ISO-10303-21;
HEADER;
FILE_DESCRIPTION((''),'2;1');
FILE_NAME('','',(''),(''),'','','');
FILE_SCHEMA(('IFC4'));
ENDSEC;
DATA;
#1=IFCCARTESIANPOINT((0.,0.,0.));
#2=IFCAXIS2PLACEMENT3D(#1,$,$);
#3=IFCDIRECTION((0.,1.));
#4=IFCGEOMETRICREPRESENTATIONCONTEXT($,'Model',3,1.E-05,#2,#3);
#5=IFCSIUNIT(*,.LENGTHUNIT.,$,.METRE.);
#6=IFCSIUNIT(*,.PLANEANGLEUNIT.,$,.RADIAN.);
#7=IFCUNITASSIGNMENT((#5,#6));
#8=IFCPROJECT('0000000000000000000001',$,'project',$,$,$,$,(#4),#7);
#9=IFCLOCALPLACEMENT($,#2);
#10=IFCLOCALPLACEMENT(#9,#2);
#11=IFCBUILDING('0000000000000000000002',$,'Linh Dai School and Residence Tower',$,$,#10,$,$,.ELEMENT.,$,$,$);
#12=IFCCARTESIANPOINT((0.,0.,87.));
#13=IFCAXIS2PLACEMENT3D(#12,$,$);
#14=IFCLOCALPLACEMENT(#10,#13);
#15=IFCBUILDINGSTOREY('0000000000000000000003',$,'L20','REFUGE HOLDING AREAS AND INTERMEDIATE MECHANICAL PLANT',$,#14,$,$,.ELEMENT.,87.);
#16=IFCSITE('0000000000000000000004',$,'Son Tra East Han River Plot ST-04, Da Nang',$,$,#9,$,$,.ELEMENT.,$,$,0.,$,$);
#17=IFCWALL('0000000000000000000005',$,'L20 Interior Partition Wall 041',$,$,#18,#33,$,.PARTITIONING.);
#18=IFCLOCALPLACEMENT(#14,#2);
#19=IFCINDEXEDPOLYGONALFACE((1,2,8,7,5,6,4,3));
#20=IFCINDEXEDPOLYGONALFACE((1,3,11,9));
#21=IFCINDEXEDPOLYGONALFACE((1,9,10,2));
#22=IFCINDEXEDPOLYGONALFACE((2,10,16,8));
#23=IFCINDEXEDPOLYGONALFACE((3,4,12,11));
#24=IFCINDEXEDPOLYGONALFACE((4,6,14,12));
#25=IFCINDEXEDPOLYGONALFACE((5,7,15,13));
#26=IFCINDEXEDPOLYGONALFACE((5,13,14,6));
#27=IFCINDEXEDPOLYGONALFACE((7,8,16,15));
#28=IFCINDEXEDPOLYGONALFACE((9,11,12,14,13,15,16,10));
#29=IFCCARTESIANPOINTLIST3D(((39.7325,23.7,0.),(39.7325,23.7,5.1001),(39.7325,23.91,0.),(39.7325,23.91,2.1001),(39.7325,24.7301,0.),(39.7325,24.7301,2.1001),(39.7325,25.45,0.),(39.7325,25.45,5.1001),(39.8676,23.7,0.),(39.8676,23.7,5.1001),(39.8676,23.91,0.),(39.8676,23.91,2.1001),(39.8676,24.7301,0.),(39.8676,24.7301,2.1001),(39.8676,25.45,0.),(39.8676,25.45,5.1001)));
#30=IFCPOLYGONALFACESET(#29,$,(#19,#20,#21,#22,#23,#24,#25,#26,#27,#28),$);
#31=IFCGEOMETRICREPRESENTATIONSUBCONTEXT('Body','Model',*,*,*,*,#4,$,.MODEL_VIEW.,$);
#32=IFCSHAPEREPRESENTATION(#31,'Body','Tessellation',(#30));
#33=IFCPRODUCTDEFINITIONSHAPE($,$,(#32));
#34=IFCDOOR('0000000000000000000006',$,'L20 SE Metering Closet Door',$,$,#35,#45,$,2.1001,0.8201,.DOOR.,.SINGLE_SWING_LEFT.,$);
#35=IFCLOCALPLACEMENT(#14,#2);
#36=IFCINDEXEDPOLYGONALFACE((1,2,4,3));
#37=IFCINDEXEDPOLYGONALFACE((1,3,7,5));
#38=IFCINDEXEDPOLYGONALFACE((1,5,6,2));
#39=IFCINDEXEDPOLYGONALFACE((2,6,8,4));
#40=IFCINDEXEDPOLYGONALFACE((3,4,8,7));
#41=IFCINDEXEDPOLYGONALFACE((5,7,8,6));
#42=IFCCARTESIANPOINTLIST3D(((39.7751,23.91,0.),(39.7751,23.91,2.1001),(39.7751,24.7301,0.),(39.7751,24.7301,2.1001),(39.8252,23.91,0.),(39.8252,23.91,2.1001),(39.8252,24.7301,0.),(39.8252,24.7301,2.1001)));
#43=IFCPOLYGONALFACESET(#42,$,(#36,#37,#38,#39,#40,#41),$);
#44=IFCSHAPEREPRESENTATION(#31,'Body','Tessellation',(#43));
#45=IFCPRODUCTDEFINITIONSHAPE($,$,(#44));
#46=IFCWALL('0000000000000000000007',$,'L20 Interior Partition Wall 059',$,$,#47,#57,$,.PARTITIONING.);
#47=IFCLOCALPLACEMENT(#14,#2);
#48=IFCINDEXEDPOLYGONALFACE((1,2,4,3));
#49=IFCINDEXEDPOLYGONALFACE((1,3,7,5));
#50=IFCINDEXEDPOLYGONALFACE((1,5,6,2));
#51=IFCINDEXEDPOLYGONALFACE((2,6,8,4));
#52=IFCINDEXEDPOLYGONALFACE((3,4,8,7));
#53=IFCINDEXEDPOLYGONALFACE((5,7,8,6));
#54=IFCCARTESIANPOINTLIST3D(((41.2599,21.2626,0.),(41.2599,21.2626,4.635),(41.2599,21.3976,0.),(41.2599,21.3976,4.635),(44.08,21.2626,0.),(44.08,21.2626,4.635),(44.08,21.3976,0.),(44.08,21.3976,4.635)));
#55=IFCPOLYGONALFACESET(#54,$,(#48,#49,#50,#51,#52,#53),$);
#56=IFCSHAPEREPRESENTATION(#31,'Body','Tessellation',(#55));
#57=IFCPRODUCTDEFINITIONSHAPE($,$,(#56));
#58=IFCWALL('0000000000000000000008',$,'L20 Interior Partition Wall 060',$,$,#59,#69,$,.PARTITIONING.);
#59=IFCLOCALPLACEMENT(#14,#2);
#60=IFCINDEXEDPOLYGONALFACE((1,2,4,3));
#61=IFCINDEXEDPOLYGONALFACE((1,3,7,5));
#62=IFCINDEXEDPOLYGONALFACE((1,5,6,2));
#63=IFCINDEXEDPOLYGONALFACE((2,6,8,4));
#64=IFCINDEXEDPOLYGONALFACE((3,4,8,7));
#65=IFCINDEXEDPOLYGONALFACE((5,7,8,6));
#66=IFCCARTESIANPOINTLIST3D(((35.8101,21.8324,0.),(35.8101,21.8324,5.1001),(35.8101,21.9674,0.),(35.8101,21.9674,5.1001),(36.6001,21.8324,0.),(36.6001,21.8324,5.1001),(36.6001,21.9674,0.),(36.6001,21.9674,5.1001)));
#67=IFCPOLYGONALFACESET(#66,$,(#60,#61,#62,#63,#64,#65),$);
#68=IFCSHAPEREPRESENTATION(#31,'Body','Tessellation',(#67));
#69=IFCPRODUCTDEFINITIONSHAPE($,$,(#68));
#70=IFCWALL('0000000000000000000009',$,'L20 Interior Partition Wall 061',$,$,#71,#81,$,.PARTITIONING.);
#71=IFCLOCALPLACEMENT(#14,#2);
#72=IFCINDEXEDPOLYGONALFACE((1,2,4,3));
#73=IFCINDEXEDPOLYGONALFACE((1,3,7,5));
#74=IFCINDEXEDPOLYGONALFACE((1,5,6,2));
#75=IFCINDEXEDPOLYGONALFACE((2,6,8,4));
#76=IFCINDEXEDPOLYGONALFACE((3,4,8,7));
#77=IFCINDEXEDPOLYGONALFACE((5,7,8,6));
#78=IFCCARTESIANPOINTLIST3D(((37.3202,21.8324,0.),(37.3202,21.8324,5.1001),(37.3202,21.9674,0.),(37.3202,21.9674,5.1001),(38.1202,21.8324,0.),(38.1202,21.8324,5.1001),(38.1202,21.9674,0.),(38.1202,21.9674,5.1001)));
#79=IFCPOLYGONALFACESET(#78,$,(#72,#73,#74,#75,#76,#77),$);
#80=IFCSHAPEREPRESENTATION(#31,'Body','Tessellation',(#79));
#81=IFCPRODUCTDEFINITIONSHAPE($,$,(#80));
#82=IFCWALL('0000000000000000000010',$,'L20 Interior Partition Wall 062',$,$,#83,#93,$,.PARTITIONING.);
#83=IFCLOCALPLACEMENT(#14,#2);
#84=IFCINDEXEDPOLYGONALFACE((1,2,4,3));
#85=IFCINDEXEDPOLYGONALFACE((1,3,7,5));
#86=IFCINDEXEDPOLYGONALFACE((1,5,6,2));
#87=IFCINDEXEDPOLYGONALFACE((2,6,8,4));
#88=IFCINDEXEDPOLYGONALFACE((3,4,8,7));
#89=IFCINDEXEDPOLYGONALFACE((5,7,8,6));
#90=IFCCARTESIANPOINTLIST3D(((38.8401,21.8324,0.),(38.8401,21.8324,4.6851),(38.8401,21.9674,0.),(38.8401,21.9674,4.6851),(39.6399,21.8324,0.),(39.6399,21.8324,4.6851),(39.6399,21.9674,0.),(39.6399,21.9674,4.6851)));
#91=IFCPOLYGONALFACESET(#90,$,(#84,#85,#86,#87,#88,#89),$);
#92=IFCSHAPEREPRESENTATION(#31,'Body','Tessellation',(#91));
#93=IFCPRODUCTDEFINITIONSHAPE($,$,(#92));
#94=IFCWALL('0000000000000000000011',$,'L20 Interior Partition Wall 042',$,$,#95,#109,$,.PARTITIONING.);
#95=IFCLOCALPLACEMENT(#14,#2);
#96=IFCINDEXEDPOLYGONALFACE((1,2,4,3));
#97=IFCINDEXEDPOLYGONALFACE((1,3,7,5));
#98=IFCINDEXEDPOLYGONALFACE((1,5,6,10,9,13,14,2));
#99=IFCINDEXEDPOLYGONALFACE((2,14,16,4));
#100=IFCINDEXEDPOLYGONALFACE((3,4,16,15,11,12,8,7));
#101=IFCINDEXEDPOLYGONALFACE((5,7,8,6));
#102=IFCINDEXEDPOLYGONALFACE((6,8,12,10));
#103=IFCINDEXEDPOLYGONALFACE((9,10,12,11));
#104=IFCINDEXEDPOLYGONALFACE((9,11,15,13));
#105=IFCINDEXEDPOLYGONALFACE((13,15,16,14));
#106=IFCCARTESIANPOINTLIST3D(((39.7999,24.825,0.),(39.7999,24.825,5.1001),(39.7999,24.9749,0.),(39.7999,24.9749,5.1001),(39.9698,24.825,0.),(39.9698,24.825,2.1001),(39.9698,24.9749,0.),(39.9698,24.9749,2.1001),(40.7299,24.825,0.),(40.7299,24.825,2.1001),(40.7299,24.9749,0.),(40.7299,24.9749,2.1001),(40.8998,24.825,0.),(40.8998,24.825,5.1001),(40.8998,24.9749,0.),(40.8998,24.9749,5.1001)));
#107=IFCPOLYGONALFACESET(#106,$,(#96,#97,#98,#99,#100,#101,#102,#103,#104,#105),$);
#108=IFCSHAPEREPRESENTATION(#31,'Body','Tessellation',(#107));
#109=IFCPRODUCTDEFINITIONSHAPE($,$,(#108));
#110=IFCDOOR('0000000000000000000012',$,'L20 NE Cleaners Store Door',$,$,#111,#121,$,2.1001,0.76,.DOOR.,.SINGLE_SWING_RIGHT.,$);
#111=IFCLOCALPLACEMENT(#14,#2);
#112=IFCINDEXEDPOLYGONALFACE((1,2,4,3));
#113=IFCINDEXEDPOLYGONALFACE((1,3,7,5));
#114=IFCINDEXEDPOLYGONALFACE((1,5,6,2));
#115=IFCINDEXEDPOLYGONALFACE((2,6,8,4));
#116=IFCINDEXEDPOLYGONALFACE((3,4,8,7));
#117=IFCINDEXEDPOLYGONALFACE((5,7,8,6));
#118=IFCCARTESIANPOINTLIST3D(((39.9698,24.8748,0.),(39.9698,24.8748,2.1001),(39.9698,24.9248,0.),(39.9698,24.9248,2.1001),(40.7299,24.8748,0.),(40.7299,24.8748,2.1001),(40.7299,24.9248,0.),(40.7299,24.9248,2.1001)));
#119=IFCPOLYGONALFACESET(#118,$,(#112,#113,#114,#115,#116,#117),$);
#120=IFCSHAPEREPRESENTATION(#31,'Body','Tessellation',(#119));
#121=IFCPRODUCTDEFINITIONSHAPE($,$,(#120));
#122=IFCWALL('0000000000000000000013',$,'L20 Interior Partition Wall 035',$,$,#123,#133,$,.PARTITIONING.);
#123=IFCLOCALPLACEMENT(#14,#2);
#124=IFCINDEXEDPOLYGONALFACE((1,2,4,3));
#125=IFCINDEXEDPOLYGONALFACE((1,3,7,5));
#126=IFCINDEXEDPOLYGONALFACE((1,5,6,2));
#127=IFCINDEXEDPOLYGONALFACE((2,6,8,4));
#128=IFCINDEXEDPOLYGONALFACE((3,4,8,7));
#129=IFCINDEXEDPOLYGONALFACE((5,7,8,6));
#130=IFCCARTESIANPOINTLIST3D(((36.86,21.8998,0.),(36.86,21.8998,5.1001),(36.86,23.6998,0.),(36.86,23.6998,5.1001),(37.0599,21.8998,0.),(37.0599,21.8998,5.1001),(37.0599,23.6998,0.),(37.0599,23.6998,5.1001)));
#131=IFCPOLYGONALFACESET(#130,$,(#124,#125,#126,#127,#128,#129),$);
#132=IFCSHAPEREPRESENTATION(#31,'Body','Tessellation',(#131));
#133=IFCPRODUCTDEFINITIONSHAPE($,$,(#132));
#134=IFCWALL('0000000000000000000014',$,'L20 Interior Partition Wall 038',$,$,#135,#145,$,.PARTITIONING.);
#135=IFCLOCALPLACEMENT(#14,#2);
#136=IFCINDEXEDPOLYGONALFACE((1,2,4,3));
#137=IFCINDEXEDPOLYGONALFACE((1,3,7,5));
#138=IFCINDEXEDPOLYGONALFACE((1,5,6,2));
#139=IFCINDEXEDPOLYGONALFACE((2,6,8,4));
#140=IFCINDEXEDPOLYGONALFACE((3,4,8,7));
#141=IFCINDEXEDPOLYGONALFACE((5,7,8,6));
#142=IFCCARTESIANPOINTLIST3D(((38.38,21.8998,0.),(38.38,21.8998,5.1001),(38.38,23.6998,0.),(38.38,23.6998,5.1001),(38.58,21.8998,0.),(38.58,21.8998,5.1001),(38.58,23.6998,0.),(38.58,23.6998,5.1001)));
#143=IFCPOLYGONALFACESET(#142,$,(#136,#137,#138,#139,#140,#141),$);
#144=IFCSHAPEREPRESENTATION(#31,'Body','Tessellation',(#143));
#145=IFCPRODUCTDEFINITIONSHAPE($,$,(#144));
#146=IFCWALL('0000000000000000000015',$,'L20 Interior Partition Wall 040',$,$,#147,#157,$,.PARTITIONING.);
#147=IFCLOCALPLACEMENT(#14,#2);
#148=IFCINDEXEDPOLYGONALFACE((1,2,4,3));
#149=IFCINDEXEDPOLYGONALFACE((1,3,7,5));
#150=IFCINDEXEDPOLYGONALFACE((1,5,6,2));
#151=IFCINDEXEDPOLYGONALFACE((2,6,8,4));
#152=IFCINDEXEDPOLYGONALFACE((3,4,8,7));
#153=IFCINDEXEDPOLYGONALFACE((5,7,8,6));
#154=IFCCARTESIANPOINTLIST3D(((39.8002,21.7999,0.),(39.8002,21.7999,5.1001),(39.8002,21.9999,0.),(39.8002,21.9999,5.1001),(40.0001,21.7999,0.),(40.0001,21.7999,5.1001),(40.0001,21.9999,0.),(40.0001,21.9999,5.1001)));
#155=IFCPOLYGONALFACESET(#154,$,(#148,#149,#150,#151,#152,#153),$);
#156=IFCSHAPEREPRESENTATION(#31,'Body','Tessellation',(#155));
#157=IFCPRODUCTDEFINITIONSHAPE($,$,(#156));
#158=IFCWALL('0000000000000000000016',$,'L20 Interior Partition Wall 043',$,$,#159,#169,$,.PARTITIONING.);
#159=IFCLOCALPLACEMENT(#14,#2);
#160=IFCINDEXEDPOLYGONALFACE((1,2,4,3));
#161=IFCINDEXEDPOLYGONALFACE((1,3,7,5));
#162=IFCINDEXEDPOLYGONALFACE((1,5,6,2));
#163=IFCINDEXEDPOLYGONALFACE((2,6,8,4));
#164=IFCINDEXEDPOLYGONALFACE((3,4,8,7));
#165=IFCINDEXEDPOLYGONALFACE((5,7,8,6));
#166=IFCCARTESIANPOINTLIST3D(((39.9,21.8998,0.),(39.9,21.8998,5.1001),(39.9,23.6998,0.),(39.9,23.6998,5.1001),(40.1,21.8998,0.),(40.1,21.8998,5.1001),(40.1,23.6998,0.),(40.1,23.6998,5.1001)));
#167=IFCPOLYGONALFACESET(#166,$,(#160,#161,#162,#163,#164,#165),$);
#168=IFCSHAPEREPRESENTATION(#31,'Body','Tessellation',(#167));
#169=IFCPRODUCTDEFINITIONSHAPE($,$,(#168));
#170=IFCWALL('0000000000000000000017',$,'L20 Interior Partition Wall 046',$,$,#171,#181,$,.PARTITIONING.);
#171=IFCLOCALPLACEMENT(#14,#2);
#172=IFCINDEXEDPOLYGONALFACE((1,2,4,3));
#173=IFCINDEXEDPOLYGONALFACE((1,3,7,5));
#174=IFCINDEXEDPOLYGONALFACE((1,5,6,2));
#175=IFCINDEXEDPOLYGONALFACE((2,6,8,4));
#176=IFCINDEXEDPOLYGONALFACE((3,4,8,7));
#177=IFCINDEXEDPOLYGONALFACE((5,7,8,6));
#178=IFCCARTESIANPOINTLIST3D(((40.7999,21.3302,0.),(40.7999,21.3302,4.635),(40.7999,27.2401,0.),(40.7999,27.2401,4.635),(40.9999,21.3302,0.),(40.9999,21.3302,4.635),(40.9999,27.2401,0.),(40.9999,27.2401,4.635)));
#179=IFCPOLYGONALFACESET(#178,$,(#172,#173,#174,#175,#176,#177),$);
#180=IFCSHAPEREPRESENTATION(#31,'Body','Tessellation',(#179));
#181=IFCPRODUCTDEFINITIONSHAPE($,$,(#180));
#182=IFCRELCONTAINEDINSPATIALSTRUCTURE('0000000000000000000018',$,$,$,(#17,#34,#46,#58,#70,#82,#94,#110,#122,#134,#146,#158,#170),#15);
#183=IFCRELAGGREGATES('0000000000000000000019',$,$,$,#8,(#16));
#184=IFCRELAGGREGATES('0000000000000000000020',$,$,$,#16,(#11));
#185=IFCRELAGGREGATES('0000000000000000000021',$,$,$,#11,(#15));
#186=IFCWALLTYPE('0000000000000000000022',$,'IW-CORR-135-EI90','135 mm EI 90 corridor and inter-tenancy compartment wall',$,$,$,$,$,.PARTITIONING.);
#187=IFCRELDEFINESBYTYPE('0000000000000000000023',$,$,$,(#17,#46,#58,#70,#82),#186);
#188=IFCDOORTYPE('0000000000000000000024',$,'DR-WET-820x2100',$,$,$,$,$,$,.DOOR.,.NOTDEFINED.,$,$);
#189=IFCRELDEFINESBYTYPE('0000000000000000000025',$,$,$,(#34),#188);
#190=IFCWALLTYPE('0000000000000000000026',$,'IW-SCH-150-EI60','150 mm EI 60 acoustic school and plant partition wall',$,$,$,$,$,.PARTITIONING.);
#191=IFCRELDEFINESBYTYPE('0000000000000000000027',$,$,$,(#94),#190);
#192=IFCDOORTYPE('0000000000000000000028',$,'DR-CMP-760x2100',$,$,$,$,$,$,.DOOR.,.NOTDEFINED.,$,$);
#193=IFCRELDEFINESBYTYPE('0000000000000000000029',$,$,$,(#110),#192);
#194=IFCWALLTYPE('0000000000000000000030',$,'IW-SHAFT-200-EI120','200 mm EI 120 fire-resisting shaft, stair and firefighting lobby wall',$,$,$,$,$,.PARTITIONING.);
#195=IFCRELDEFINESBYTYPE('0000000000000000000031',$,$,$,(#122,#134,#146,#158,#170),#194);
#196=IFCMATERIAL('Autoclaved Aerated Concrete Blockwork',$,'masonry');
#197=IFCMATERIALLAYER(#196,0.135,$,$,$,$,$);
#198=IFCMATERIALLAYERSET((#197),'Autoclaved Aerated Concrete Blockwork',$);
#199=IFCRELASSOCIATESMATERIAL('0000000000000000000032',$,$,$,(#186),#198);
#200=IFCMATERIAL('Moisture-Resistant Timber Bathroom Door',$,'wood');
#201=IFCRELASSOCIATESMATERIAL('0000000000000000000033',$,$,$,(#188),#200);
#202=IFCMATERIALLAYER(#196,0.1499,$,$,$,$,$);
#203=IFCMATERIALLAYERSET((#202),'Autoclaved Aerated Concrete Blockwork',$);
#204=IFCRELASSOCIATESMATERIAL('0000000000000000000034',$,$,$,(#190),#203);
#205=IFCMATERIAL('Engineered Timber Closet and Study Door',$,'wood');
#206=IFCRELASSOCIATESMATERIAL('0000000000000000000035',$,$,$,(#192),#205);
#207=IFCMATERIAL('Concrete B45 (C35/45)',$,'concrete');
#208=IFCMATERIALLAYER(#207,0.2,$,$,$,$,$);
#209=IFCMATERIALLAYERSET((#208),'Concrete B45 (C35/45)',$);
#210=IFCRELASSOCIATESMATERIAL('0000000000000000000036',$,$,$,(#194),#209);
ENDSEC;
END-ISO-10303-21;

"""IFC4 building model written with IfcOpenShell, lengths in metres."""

from ifc_helpers import new_model, si_unit, direction, frame, frame_2d, origin, origin_2d, place, context, subcontext, project, spatial, rectangle, extrude, source, transform, mapped, material, layer, layer_set, type_object, element, fill, save


model = new_model("IFC4")

# Units and contexts
model_context = context("Model", 3, precision=1e-05, world=origin(), true_north=direction((0.0, 1.0)))
body_context = subcontext(model_context, "Body", "Model", "MODEL_VIEW")
ifc_project = project(units=[si_unit("LENGTHUNIT", "METRE"), si_unit("PLANEANGLEUNIT", "RADIAN")], contexts=[model_context])

# Site, building, storey
site_placement = place(None, origin())
site = spatial("IfcSite", under=ifc_project, at=site_placement, Name="Son Tra East Han River Plot ST-04, Da Nang", CompositionType="ELEMENT", RefElevation=0.0)
building_placement = place(site_placement, origin())
building = spatial("IfcBuilding", under=site, at=building_placement, Name="Linh Dai School and Residence Tower", CompositionType="ELEMENT")
storey_placement = place(building_placement, frame((0.0, 0.0, 87.0)))
storey = spatial("IfcBuildingStorey", under=building, at=storey_placement, Name="L20", Description="REFUGE HOLDING AREAS AND INTERMEDIATE MECHANICAL PLANT", CompositionType="ELEMENT", Elevation=87.0)

# Wall, opening, door
ifc_material_1 = material(Name="Autoclaved Aerated Concrete Blockwork", Category="masonry")
ifc_layer_1 = layer(ifc_material_1, 0.135)
ifc_layer_set_1 = layer_set([ifc_layer_1], Name="Autoclaved Aerated Concrete Blockwork")
wall_type_1 = type_object("IfcWallType", Name="IW-CORR-135-EI90", Description="135 mm EI 90 corridor and inter-tenancy compartment wall", PredefinedType="PARTITIONING", material=ifc_layer_set_1)
wall_1_placement = place(storey_placement, frame((39.8, 23.7, 0.0), z_axis=(0.0, 0.0, 1.0), x_axis=(0.0, 1.0, 0.0)))
wall_1 = element("IfcWall", 1, at=wall_1_placement, inside=storey, type_object=wall_type_1, Name="L20 Interior Partition Wall 041", PredefinedType="PARTITIONING", context=body_context, shape_type="SweptSolid", body=[
    extrude(rectangle(XDim=1.75, YDim=0.135, at=frame_2d((0.875, 0.0))), origin(), (0.0, 0.0, 1.0), 5.1001),
])
opening_1_placement = place(wall_1_placement, frame((0.21, 0.0, 0.0)))
opening_1 = element("IfcOpeningElement", 2, at=opening_1_placement, cuts=wall_1, PredefinedType="OPENING", context=body_context, shape_type="SweptSolid", body=[
    extrude(rectangle(XDim=0.8201, YDim=2.1001, at=origin_2d()), frame((0.4102, 0.0776, 1.05), z_axis=(0.0, -1.0, 0.0), x_axis=(1.0, 0.0, 0.0)), (0.0, 0.0, 1.0), 0.155),
])
ifc_material_2 = material(Name="Moisture-Resistant Timber Bathroom Door", Category="wood")
door_type_1 = type_object("IfcDoorType", Name="DR-WET-820x2100", OperationType="NOTDEFINED", PredefinedType="DOOR", material=ifc_material_2)
shared_shape_1 = source(origin(), body_context, "Body", "SweptSolid", [
    extrude(rectangle(XDim=0.8201, YDim=2.1001, at=origin_2d()), frame((0.4102, 0.0249, 1.05), z_axis=(0.0, -1.0, 0.0), x_axis=(1.0, 0.0, 0.0)), (0.0, 0.0, 1.0), 0.05),
])
door_1_placement = place(opening_1_placement, origin())
door_1 = element("IfcDoor", 3, at=door_1_placement, inside=storey, type_object=door_type_1, Name="L20 SE Metering Closet Door", OperationType="SINGLE_SWING_LEFT", OverallHeight=2.1001, OverallWidth=0.8201, PredefinedType="DOOR", context=body_context, shape_type="MappedRepresentation", body=[
    mapped(shared_shape_1, transform((0.0, 0.0, 0.0), x_axis=(1.0, 0.0, 0.0), y_axis=(0.0, 1.0, 0.0), z_axis=(0.0, 0.0, 1.0), scale=1.0)),
])
fill(opening_1, door_1)

# Walls
wall_2_placement = place(storey_placement, frame((44.0801, 21.3301, 0.0), z_axis=(0.0, 0.0, 1.0), x_axis=(-1.0, 0.0, 0.0)))
element("IfcWall", 4, at=wall_2_placement, inside=storey, type_object=wall_type_1, Name="L20 Interior Partition Wall 059", PredefinedType="PARTITIONING", context=body_context, shape_type="SweptSolid", body=[
    extrude(rectangle(XDim=2.8201, YDim=0.135, at=frame_2d((1.4102, 0.0))), origin(), (0.0, 0.0, 1.0), 4.635),
])
wall_3_placement = place(storey_placement, frame((36.6001, 21.8999, 0.0), z_axis=(0.0, 0.0, 1.0), x_axis=(-1.0, 0.0, 0.0)))
element("IfcWall", 5, at=wall_3_placement, inside=storey, type_object=wall_type_1, Name="L20 Interior Partition Wall 060", PredefinedType="PARTITIONING", context=body_context, shape_type="SweptSolid", body=[
    extrude(rectangle(XDim=0.79, YDim=0.135, at=frame_2d((0.395, 0.0))), origin(), (0.0, 0.0, 1.0), 5.1001),
])
wall_4_placement = place(storey_placement, frame((38.1201, 21.8999, 0.0), z_axis=(0.0, 0.0, 1.0), x_axis=(-1.0, 0.0, 0.0)))
element("IfcWall", 6, at=wall_4_placement, inside=storey, type_object=wall_type_1, Name="L20 Interior Partition Wall 061", PredefinedType="PARTITIONING", context=body_context, shape_type="SweptSolid", body=[
    extrude(rectangle(XDim=0.8, YDim=0.135, at=frame_2d((0.3999, 0.0))), origin(), (0.0, 0.0, 1.0), 5.1001),
])
wall_5_placement = place(storey_placement, frame((39.6399, 21.8999, 0.0), z_axis=(0.0, 0.0, 1.0), x_axis=(-1.0, 0.0, 0.0)))
element("IfcWall", 7, at=wall_5_placement, inside=storey, type_object=wall_type_1, Name="L20 Interior Partition Wall 062", PredefinedType="PARTITIONING", context=body_context, shape_type="SweptSolid", body=[
    extrude(rectangle(XDim=0.7998, YDim=0.135, at=frame_2d((0.3999, 0.0))), origin(), (0.0, 0.0, 1.0), 4.6851),
])

# Wall, opening, door
ifc_layer_2 = layer(ifc_material_1, 0.1499)
ifc_layer_set_2 = layer_set([ifc_layer_2], Name="Autoclaved Aerated Concrete Blockwork")
wall_type_2 = type_object("IfcWallType", Name="IW-SCH-150-EI60", Description="150 mm EI 60 acoustic school and plant partition wall", PredefinedType="PARTITIONING", material=ifc_layer_set_2)
wall_6_placement = place(storey_placement, frame((39.8, 24.8999, 0.0), z_axis=(0.0, 0.0, 1.0), x_axis=(1.0, 0.0, 0.0)))
wall_6 = element("IfcWall", 8, at=wall_6_placement, inside=storey, type_object=wall_type_2, Name="L20 Interior Partition Wall 042", PredefinedType="PARTITIONING", context=body_context, shape_type="SweptSolid", body=[
    extrude(rectangle(XDim=1.0999, YDim=0.1499, at=frame_2d((0.5498, 0.0))), origin(), (0.0, 0.0, 1.0), 5.1001),
])
opening_2_placement = place(wall_6_placement, frame((0.1699, 0.0, 0.0)))
opening_2 = element("IfcOpeningElement", 9, at=opening_2_placement, cuts=wall_6, PredefinedType="OPENING", context=body_context, shape_type="SweptSolid", body=[
    extrude(rectangle(XDim=0.76, YDim=2.1001, at=origin_2d()), frame((0.3799, 0.085, 1.05), z_axis=(0.0, -1.0, 0.0), x_axis=(1.0, 0.0, 0.0)), (0.0, 0.0, 1.0), 0.1699),
])
ifc_material_3 = material(Name="Engineered Timber Closet and Study Door", Category="wood")
door_type_2 = type_object("IfcDoorType", Name="DR-CMP-760x2100", OperationType="NOTDEFINED", PredefinedType="DOOR", material=ifc_material_3)
shared_shape_2 = source(origin(), body_context, "Body", "SweptSolid", [
    extrude(rectangle(XDim=0.76, YDim=2.1001, at=origin_2d()), frame((0.3799, 0.0249, 1.05), z_axis=(0.0, -1.0, 0.0), x_axis=(1.0, 0.0, 0.0)), (0.0, 0.0, 1.0), 0.05),
])
door_2_placement = place(opening_2_placement, origin())
door_2 = element("IfcDoor", 10, at=door_2_placement, inside=storey, type_object=door_type_2, Name="L20 NE Cleaners Store Door", OperationType="SINGLE_SWING_RIGHT", OverallHeight=2.1001, OverallWidth=0.76, PredefinedType="DOOR", context=body_context, shape_type="MappedRepresentation", body=[
    mapped(shared_shape_2, transform((0.0, 0.0, 0.0), x_axis=(1.0, 0.0, 0.0), y_axis=(0.0, 1.0, 0.0), z_axis=(0.0, 0.0, 1.0), scale=1.0)),
])
fill(opening_2, door_2)

# Walls
ifc_material_4 = material(Name="Concrete B45 (C35/45)", Category="concrete")
ifc_layer_3 = layer(ifc_material_4, 0.2)
ifc_layer_set_3 = layer_set([ifc_layer_3], Name="Concrete B45 (C35/45)")
wall_type_3 = type_object("IfcWallType", Name="IW-SHAFT-200-EI120", Description="200 mm EI 120 fire-resisting shaft, stair and firefighting lobby wall", PredefinedType="PARTITIONING", material=ifc_layer_set_3)
for number, where, z_axis, x_axis, name in (
    (11, (36.96, 21.8999, 0.0), (0.0, 0.0, 1.0), (0.0, 1.0, 0.0), "L20 Interior Partition Wall 035"),
    (12, (38.48, 21.8999, 0.0), (0.0, 0.0, 1.0), (0.0, 1.0, 0.0), "L20 Interior Partition Wall 038"),
):
    element("IfcWall", number, at=place(storey_placement, frame(where, z_axis=z_axis, x_axis=x_axis)), inside=storey, type_object=wall_type_3, Name=name, PredefinedType="PARTITIONING", context=body_context, shape_type="SweptSolid", body=[
        extrude(rectangle(XDim=1.8, YDim=0.2, at=frame_2d((0.8999, 0.0))), origin(), (0.0, 0.0, 1.0), 5.1001),
    ])
wall_7_placement = place(storey_placement, frame((39.8, 21.8999, 0.0), z_axis=(0.0, 0.0, 1.0), x_axis=(1.0, 0.0, 0.0)))
element("IfcWall", 13, at=wall_7_placement, inside=storey, type_object=wall_type_3, Name="L20 Interior Partition Wall 040", PredefinedType="PARTITIONING", context=body_context, shape_type="SweptSolid", body=[
    extrude(rectangle(XDim=0.2, YDim=0.2, at=frame_2d((0.1001, 0.0))), origin(), (0.0, 0.0, 1.0), 5.1001),
])
wall_8_placement = place(storey_placement, frame((40.0, 21.8999, 0.0), z_axis=(0.0, 0.0, 1.0), x_axis=(0.0, 1.0, 0.0)))
element("IfcWall", 14, at=wall_8_placement, inside=storey, type_object=wall_type_3, Name="L20 Interior Partition Wall 043", PredefinedType="PARTITIONING", context=body_context, shape_type="SweptSolid", body=[
    extrude(rectangle(XDim=1.8, YDim=0.2, at=frame_2d((0.8999, 0.0))), origin(), (0.0, 0.0, 1.0), 5.1001),
])
wall_9_placement = place(storey_placement, frame((40.8999, 21.3301, 0.0), z_axis=(0.0, 0.0, 1.0), x_axis=(0.0, 1.0, 0.0)))
element("IfcWall", 15, at=wall_9_placement, inside=storey, type_object=wall_type_3, Name="L20 Interior Partition Wall 046", PredefinedType="PARTITIONING", context=body_context, shape_type="SweptSolid", body=[
    extrude(rectangle(XDim=5.9099, YDim=0.2, at=frame_2d((2.9551, 0.0))), origin(), (0.0, 0.0, 1.0), 4.635),
])

save(model, "model.ifc")
